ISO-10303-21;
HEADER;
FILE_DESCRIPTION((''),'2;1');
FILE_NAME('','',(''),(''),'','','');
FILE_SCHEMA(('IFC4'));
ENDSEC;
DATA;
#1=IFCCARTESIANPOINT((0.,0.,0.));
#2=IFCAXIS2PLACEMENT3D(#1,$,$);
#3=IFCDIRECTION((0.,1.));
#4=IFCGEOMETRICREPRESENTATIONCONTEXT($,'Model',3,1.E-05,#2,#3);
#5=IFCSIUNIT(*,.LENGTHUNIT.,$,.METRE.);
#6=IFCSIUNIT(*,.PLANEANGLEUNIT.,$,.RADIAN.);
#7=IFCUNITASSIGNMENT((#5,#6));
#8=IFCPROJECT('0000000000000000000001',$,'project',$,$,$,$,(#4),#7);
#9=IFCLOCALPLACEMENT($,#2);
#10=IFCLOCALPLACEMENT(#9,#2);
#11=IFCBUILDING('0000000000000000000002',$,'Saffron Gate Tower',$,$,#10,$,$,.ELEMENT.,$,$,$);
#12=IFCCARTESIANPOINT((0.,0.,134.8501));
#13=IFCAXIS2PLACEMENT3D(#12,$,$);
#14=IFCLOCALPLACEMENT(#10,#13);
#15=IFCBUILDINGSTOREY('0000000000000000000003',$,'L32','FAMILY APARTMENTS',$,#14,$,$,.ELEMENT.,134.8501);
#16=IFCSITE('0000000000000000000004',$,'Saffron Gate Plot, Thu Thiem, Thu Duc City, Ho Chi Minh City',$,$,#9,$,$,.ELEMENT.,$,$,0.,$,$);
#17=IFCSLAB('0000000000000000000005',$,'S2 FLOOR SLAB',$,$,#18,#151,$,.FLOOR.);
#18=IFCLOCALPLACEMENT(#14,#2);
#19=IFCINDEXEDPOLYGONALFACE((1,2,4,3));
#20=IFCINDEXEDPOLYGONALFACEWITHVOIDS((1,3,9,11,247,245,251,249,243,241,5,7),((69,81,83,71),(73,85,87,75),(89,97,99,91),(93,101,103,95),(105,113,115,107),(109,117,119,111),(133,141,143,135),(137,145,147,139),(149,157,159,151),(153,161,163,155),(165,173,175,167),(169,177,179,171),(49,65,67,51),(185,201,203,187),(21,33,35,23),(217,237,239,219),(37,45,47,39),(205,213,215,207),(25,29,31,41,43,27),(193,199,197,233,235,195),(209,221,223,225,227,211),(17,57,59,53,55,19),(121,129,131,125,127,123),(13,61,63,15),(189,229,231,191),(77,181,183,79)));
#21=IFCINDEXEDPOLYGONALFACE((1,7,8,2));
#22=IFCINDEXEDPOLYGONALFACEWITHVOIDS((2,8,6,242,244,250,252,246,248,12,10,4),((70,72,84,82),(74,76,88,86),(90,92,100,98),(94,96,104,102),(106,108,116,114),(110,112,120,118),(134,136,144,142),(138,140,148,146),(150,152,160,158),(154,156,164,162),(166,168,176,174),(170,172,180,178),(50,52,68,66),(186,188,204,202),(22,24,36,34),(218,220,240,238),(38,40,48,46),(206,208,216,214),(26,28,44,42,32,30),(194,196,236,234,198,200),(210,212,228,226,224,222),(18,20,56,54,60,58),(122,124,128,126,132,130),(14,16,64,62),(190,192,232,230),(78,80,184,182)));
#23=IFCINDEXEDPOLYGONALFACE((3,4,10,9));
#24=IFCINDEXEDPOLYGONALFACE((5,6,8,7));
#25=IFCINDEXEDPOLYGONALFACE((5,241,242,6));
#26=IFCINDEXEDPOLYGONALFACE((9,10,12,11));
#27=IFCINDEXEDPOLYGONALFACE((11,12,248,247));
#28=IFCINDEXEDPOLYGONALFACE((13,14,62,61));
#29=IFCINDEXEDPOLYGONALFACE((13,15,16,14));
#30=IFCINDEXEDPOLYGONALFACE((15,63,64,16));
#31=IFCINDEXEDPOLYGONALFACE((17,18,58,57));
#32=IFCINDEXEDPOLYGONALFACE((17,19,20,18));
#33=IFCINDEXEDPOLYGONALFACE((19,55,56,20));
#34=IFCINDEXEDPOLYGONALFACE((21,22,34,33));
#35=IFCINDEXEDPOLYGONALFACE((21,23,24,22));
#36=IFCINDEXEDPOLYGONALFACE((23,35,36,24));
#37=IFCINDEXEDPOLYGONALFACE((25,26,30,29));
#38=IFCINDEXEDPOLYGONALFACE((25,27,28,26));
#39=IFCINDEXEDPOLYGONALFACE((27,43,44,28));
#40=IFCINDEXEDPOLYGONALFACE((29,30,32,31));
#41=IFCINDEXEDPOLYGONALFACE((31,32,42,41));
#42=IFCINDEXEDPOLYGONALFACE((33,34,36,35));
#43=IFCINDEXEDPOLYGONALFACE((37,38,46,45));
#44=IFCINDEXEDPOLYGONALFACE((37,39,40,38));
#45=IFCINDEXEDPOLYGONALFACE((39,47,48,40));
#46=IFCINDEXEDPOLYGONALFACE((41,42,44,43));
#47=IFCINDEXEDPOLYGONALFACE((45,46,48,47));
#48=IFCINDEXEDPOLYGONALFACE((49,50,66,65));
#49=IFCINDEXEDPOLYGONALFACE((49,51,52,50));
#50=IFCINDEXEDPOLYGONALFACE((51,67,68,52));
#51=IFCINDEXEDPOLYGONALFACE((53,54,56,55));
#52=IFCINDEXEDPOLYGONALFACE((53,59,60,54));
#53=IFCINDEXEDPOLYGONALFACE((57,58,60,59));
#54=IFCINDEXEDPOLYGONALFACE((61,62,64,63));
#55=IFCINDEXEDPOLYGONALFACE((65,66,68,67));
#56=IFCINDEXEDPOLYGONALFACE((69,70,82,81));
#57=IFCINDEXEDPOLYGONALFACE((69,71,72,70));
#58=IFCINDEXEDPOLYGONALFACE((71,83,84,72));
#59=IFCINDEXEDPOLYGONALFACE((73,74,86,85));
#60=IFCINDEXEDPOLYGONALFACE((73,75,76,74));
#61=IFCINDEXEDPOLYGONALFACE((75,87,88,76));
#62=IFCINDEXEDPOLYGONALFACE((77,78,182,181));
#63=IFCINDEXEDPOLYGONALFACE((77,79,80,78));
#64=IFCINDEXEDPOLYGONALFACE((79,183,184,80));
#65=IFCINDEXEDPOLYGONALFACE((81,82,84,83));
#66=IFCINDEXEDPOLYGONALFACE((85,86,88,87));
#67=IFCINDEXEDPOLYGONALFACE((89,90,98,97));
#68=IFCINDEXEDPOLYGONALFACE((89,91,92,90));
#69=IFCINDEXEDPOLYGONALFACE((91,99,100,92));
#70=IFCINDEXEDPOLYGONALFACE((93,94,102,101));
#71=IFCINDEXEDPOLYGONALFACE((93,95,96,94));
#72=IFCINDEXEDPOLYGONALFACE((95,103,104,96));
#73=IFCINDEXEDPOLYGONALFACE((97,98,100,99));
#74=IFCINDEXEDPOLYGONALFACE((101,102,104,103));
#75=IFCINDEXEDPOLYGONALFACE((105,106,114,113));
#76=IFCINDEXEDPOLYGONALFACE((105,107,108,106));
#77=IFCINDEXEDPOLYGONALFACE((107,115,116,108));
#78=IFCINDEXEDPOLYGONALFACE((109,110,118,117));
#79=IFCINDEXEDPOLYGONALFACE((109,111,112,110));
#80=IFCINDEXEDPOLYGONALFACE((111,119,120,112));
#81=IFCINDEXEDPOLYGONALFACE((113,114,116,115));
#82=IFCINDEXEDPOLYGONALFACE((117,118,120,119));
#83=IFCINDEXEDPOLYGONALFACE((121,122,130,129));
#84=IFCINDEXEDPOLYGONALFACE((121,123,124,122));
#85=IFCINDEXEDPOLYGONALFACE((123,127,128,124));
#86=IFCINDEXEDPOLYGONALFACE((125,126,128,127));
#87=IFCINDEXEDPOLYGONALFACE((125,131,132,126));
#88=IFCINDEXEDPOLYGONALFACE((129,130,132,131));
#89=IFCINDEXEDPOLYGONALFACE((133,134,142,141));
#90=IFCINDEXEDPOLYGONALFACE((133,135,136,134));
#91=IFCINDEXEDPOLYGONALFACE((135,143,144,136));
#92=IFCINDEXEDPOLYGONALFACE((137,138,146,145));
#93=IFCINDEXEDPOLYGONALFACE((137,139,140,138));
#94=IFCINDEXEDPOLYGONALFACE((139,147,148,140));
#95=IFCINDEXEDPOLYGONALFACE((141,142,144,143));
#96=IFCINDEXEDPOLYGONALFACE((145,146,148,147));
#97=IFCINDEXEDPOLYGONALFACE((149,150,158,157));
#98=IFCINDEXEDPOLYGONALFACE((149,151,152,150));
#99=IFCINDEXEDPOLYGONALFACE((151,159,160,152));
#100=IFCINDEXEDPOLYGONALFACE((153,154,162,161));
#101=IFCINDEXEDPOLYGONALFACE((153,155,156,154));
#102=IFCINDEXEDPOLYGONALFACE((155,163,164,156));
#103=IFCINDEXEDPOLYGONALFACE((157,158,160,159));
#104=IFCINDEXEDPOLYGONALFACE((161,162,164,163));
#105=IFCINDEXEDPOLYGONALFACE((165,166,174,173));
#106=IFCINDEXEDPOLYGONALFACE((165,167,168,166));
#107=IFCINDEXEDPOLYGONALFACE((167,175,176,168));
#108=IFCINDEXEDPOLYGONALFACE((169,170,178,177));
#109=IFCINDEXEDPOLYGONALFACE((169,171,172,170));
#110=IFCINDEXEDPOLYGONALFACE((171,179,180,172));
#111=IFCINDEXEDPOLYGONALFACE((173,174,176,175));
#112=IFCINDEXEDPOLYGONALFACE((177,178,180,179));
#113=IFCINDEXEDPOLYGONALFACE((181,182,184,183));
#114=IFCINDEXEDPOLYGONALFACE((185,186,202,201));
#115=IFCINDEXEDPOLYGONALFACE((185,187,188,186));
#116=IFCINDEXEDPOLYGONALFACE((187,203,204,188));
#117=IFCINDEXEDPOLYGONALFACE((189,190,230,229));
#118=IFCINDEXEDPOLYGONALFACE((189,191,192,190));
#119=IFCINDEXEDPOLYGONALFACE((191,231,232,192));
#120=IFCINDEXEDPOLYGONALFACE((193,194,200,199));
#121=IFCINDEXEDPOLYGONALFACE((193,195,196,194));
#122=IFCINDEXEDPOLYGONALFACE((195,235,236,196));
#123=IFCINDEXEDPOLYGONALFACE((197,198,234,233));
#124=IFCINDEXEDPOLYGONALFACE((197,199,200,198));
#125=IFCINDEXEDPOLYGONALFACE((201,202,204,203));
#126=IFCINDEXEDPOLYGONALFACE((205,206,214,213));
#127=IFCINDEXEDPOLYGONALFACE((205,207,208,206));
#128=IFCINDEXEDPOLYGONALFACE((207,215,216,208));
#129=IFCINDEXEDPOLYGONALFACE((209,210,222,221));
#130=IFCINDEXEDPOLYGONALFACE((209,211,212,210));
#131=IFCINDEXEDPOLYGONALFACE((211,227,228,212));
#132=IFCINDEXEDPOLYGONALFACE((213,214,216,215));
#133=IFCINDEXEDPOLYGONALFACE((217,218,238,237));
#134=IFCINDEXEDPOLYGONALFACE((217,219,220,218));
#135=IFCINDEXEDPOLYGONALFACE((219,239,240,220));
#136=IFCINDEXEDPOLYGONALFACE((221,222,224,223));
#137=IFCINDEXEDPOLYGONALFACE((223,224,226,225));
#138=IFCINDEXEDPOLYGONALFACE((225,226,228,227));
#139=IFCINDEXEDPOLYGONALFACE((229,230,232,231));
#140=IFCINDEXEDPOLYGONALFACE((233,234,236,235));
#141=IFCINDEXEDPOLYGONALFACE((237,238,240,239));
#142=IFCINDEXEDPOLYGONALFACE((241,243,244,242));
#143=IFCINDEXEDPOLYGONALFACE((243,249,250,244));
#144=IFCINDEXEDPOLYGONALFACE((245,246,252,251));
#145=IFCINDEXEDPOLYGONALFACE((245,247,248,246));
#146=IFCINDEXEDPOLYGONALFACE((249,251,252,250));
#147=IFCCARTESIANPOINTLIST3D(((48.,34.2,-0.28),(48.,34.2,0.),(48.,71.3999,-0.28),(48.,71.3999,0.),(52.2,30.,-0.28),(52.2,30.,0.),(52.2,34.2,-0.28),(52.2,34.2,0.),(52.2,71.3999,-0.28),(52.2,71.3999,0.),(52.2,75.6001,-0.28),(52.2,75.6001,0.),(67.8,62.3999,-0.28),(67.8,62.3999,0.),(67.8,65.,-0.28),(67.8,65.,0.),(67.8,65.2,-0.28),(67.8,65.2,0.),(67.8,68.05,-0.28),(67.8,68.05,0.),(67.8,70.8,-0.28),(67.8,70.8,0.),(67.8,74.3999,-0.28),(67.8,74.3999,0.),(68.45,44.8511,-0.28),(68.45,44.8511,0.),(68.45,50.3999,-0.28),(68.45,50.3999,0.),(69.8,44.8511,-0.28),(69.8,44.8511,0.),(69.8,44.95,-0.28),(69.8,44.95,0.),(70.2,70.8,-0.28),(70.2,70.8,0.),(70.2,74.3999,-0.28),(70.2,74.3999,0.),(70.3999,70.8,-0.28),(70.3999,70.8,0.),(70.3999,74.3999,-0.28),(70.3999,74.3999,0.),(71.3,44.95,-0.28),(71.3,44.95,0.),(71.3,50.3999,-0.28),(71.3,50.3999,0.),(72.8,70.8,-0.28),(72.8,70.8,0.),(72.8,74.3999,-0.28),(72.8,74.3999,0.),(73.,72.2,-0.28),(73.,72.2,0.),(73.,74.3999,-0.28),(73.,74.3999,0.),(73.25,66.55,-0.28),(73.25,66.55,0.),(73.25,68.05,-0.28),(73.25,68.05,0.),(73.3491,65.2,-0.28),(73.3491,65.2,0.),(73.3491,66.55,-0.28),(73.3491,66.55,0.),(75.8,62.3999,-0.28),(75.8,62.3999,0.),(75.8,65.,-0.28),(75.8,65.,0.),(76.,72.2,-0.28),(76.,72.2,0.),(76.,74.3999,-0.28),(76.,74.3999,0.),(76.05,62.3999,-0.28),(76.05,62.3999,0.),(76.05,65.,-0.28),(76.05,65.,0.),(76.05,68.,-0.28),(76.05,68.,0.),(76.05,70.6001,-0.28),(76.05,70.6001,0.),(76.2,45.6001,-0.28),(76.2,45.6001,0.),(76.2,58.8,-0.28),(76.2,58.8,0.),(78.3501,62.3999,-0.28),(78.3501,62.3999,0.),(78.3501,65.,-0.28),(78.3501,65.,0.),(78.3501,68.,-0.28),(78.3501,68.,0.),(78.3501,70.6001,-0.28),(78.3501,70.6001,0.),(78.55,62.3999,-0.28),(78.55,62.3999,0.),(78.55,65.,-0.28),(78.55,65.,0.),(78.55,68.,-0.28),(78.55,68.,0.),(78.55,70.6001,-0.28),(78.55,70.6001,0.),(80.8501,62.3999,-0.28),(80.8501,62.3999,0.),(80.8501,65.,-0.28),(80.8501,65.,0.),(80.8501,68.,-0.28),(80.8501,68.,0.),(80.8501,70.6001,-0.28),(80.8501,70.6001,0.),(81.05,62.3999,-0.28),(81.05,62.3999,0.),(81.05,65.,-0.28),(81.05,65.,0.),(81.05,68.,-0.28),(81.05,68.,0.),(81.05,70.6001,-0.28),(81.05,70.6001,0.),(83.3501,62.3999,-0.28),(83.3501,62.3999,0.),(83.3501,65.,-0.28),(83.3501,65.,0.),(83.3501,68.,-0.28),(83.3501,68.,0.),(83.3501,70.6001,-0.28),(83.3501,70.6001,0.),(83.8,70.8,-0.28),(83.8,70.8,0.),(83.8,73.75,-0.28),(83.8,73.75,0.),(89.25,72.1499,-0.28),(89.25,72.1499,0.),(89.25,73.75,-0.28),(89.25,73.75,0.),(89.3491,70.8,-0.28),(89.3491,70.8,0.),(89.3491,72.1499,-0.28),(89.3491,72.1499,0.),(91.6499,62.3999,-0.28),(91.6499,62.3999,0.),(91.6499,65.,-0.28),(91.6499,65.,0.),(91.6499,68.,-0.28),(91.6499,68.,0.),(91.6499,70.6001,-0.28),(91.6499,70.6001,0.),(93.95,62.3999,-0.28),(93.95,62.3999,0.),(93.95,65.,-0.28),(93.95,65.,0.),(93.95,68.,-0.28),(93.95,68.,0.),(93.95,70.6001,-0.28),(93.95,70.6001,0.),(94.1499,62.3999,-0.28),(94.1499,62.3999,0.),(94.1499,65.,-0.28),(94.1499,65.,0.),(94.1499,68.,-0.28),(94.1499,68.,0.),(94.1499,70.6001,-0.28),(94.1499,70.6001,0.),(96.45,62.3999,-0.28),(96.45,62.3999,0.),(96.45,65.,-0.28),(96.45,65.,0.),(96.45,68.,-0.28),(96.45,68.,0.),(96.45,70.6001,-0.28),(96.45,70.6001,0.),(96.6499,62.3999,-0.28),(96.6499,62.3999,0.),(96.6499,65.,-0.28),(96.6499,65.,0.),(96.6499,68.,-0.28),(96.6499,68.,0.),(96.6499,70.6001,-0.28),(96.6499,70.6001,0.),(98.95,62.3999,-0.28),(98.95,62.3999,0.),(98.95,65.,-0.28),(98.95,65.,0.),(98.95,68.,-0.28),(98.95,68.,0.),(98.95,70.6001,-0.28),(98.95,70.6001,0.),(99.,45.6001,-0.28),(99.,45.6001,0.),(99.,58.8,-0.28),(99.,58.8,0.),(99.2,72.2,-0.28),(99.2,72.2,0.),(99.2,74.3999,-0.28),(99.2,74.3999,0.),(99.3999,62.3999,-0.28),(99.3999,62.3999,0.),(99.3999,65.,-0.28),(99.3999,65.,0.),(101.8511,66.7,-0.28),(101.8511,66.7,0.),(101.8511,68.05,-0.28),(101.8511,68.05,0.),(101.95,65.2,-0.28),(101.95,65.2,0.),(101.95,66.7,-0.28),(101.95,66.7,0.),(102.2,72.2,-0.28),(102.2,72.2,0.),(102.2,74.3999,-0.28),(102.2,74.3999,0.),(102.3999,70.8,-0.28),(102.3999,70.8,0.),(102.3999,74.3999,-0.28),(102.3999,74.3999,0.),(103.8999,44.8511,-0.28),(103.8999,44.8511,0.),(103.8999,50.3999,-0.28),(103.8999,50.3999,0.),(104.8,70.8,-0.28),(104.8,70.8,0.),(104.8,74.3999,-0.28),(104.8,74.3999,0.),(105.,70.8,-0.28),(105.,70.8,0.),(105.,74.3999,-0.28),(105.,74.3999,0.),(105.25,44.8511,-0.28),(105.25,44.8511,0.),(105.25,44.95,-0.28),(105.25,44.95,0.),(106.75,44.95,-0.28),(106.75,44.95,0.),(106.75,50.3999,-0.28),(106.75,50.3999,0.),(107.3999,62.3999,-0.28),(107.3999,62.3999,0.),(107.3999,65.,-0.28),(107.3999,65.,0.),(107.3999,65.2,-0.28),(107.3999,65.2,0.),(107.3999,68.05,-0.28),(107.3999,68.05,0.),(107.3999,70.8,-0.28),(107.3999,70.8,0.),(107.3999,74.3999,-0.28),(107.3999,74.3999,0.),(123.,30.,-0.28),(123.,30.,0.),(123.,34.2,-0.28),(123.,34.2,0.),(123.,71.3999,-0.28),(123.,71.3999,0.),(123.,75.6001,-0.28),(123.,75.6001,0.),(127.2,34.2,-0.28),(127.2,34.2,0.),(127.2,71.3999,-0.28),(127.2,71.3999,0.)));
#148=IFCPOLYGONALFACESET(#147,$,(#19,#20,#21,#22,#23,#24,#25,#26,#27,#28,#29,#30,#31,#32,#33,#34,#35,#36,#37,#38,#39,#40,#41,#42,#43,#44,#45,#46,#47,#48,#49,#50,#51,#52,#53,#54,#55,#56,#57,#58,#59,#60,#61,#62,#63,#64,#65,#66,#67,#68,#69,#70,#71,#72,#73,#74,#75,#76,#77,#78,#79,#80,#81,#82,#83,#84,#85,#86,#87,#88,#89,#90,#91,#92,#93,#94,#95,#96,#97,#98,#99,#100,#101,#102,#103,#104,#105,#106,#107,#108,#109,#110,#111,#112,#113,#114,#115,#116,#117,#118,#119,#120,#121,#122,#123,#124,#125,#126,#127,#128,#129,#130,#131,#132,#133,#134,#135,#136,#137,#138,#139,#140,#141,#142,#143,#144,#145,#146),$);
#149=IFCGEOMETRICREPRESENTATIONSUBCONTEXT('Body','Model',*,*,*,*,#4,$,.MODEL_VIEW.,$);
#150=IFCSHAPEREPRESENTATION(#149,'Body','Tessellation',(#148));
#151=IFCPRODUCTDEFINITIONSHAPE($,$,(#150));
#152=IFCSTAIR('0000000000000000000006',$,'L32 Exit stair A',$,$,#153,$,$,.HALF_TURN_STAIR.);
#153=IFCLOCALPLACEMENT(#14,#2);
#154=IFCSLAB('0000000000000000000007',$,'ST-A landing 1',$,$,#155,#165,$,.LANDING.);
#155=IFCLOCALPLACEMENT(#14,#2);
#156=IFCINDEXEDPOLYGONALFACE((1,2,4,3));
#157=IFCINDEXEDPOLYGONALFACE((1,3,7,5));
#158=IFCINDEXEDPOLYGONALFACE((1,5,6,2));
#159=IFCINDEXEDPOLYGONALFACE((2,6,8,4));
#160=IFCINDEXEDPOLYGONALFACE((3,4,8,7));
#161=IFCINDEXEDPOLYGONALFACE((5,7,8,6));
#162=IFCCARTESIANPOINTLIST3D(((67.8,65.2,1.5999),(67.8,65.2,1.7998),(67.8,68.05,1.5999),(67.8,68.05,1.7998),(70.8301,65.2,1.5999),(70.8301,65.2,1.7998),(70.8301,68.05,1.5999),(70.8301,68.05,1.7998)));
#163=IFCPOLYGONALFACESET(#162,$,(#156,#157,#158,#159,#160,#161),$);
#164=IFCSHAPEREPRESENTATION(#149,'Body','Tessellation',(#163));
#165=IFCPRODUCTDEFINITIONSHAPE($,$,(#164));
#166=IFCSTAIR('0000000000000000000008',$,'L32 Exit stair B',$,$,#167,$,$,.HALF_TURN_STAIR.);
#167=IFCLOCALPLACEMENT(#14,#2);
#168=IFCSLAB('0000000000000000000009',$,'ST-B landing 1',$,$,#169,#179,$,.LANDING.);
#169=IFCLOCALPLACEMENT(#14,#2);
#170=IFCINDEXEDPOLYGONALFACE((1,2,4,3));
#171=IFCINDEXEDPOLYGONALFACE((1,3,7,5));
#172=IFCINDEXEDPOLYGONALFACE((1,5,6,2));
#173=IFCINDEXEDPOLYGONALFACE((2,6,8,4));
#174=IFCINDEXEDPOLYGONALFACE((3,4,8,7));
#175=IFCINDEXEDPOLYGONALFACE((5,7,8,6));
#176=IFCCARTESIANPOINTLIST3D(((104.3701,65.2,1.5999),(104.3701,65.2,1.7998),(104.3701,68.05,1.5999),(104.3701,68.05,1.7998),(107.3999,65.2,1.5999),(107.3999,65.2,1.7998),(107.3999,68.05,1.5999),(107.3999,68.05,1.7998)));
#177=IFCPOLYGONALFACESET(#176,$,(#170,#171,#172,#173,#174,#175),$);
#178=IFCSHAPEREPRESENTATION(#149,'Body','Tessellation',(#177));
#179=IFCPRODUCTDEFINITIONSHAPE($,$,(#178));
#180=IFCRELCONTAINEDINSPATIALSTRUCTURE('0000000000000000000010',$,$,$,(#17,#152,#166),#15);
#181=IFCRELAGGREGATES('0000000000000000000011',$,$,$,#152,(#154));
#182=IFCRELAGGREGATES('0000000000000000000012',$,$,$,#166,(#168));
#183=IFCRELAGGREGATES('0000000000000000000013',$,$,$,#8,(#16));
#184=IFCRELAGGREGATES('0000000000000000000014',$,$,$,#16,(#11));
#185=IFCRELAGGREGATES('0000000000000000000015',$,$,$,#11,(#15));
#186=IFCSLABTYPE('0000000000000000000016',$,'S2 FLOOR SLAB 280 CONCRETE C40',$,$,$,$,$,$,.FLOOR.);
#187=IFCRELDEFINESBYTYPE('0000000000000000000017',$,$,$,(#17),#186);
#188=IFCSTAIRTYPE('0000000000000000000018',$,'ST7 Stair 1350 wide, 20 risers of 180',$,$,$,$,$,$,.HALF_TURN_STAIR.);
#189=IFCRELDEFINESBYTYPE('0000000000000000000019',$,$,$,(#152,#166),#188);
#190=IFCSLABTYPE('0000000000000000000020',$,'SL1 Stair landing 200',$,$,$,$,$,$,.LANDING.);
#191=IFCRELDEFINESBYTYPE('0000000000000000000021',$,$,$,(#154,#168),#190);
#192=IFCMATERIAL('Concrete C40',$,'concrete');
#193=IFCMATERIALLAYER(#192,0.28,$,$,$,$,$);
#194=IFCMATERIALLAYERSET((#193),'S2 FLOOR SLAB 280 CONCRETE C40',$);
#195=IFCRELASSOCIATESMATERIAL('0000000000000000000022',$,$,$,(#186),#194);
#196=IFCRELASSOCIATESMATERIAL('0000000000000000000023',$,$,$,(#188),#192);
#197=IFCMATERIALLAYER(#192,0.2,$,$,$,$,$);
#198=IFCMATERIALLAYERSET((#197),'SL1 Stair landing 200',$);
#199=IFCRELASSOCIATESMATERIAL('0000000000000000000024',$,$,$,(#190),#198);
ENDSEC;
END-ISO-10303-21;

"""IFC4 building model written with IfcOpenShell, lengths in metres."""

from ifc_helpers import new_model, si_unit, direction, frame, origin, place, context, subcontext, project, spatial, polyline, outline, extrude, material, layer, layer_set, type_object, element, aggregate, save


model = new_model("IFC4")

# Units and contexts
model_context = context("Model", 3, precision=1e-05, world=origin(), true_north=direction((0.0, 1.0)))
body_context = subcontext(model_context, "Body", "Model", "MODEL_VIEW")
ifc_project = project(units=[si_unit("LENGTHUNIT", "METRE"), si_unit("PLANEANGLEUNIT", "RADIAN")], contexts=[model_context])

# Site, building, storey
site_placement = place(None, origin())
site = spatial("IfcSite", under=ifc_project, at=site_placement, Name="Saffron Gate Plot, Thu Thiem, Thu Duc City, Ho Chi Minh City", CompositionType="ELEMENT", RefElevation=0.0)
building_placement = place(site_placement, origin())
building = spatial("IfcBuilding", under=site, at=building_placement, Name="Saffron Gate Tower", CompositionType="ELEMENT")
storey_placement = place(building_placement, frame((0.0, 0.0, 134.8501)))
storey = spatial("IfcBuildingStorey", under=building, at=storey_placement, Name="L32", Description="FAMILY APARTMENTS", CompositionType="ELEMENT", Elevation=134.8501)

# Slab
ifc_material_1 = material(Name="Concrete C40", Category="concrete")
ifc_layer_1 = layer(ifc_material_1, 0.28)
ifc_layer_set_1 = layer_set([ifc_layer_1], Name="S2 FLOOR SLAB 280 CONCRETE C40")
slab_type_1 = type_object("IfcSlabType", Name="S2 FLOOR SLAB 280 CONCRETE C40", PredefinedType="FLOOR", material=ifc_layer_set_1)
slab_1_placement = place(storey_placement, frame((0.0, 0.0, -0.28)))
element("IfcSlab", 1, at=slab_1_placement, inside=storey, type_object=slab_type_1, Name="S2 FLOOR SLAB", PredefinedType="FLOOR", context=body_context, shape_type="SweptSolid", body=[
    extrude(outline(polyline([(48.0, 34.2), (52.2, 34.2), (52.2, 30.0), (123.0, 30.0), (123.0, 34.2), (127.2, 34.2), (127.2, 71.3999), (123.0, 71.3999), (123.0, 75.6001), (52.2, 75.6001), (52.2, 71.3999), (48.0, 71.3999), (48.0, 34.2)]), holes=[polyline([(67.8, 62.3999), (67.8, 65.0), (75.8, 65.0), (75.8, 62.3999), (67.8, 62.3999)]), polyline([(67.8, 65.2), (67.8, 68.05), (73.25, 68.05), (73.25, 66.55), (73.3491, 66.55), (73.3491, 65.2), (67.8, 65.2)]), polyline([(67.8, 70.8), (67.8, 74.3999), (70.2, 74.3999), (70.2, 70.8), (67.8, 70.8)]), polyline([(68.45, 44.8511), (68.45, 50.3999), (71.3, 50.3999), (71.3, 44.95), (69.8, 44.95), (69.8, 44.8511), (68.45, 44.8511)]), polyline([(70.3999, 70.8), (70.3999, 74.3999), (72.8, 74.3999), (72.8, 70.8), (70.3999, 70.8)]), polyline([(73.0, 72.2), (73.0, 74.3999), (76.0, 74.3999), (76.0, 72.2), (73.0, 72.2)]), polyline([(76.05, 62.3999), (76.05, 65.0), (78.3501, 65.0), (78.3501, 62.3999), (76.05, 62.3999)]), polyline([(76.05, 68.0), (76.05, 70.6001), (78.3501, 70.6001), (78.3501, 68.0), (76.05, 68.0)]), polyline([(76.2, 45.6001), (76.2, 58.8), (99.0, 58.8), (99.0, 45.6001), (76.2, 45.6001)]), polyline([(78.55, 62.3999), (78.55, 65.0), (80.8501, 65.0), (80.8501, 62.3999), (78.55, 62.3999)]), polyline([(78.55, 68.0), (78.55, 70.6001), (80.8501, 70.6001), (80.8501, 68.0), (78.55, 68.0)]), polyline([(81.05, 62.3999), (81.05, 65.0), (83.3501, 65.0), (83.3501, 62.3999), (81.05, 62.3999)]), polyline([(81.05, 68.0), (81.05, 70.6001), (83.3501, 70.6001), (83.3501, 68.0), (81.05, 68.0)]), polyline([(83.8, 70.8), (83.8, 73.75), (89.25, 73.75), (89.25, 72.1499), (89.3491, 72.1499), (89.3491, 70.8), (83.8, 70.8)]), polyline([(91.6499, 62.3999), (91.6499, 65.0), (93.95, 65.0), (93.95, 62.3999), (91.6499, 62.3999)]), polyline([(91.6499, 68.0), (91.6499, 70.6001), (93.95, 70.6001), (93.95, 68.0), (91.6499, 68.0)]), polyline([(94.1499, 62.3999), (94.1499, 65.0), (96.45, 65.0), (96.45, 62.3999), (94.1499, 62.3999)]), polyline([(94.1499, 68.0), (94.1499, 70.6001), (96.45, 70.6001), (96.45, 68.0), (94.1499, 68.0)]), polyline([(96.6499, 62.3999), (96.6499, 65.0), (98.95, 65.0), (98.95, 62.3999), (96.6499, 62.3999)]), polyline([(96.6499, 68.0), (96.6499, 70.6001), (98.95, 70.6001), (98.95, 68.0), (96.6499, 68.0)]), polyline([(99.2, 72.2), (99.2, 74.3999), (102.2, 74.3999), (102.2, 72.2), (99.2, 72.2)]), polyline([(99.3999, 62.3999), (99.3999, 65.0), (107.3999, 65.0), (107.3999, 62.3999), (99.3999, 62.3999)]), polyline([(101.8511, 66.7), (101.8511, 68.05), (107.3999, 68.05), (107.3999, 65.2), (101.95, 65.2), (101.95, 66.7), (101.8511, 66.7)]), polyline([(102.3999, 70.8), (102.3999, 74.3999), (104.8, 74.3999), (104.8, 70.8), (102.3999, 70.8)]), polyline([(103.8999, 44.8511), (103.8999, 50.3999), (106.75, 50.3999), (106.75, 44.95), (105.25, 44.95), (105.25, 44.8511), (103.8999, 44.8511)]), polyline([(105.0, 70.8), (105.0, 74.3999), (107.3999, 74.3999), (107.3999, 70.8), (105.0, 70.8)])]), origin(), (0.0, 0.0, 1.0), 0.28),
])

# Stairs, slabs
stair_type = type_object("IfcStairType", Name="ST7 Stair 1350 wide, 20 risers of 180", PredefinedType="HALF_TURN_STAIR", material=ifc_material_1)
stair_1_placement = place(storey_placement, origin())
stair_1 = element("IfcStair", 2, at=stair_1_placement, inside=storey, type_object=stair_type, Name="L32 Exit stair A", PredefinedType="HALF_TURN_STAIR")
ifc_layer_2 = layer(ifc_material_1, 0.2)
ifc_layer_set_2 = layer_set([ifc_layer_2], Name="SL1 Stair landing 200")
slab_type_2 = type_object("IfcSlabType", Name="SL1 Stair landing 200", PredefinedType="LANDING", material=ifc_layer_set_2)
slab_2_placement = place(storey_placement, frame((0.0, 0.0, 1.5999)))
slab_2 = element("IfcSlab", 3, at=slab_2_placement, type_object=slab_type_2, Name="ST-A landing 1", PredefinedType="LANDING", context=body_context, shape_type="SweptSolid", body=[
    extrude(outline(polyline([(70.8301, 68.05), (67.8, 68.05), (67.8, 65.2), (70.8301, 65.2), (70.8301, 68.05)])), origin(), (0.0, 0.0, 1.0), 0.2),
])
aggregate(stair_1, [slab_2])
stair_2_placement = place(storey_placement, origin())
stair_2 = element("IfcStair", 4, at=stair_2_placement, inside=storey, type_object=stair_type, Name="L32 Exit stair B", PredefinedType="HALF_TURN_STAIR")
slab_3_placement = place(storey_placement, frame((0.0, 0.0, 1.5999)))
slab_3 = element("IfcSlab", 5, at=slab_3_placement, type_object=slab_type_2, Name="ST-B landing 1", PredefinedType="LANDING", context=body_context, shape_type="SweptSolid", body=[
    extrude(outline(polyline([(104.3701, 65.2), (107.3999, 65.2), (107.3999, 68.05), (104.3701, 68.05), (104.3701, 65.2)])), origin(), (0.0, 0.0, 1.0), 0.2),
])
aggregate(stair_2, [slab_3])

save(model, "model.ifc")
